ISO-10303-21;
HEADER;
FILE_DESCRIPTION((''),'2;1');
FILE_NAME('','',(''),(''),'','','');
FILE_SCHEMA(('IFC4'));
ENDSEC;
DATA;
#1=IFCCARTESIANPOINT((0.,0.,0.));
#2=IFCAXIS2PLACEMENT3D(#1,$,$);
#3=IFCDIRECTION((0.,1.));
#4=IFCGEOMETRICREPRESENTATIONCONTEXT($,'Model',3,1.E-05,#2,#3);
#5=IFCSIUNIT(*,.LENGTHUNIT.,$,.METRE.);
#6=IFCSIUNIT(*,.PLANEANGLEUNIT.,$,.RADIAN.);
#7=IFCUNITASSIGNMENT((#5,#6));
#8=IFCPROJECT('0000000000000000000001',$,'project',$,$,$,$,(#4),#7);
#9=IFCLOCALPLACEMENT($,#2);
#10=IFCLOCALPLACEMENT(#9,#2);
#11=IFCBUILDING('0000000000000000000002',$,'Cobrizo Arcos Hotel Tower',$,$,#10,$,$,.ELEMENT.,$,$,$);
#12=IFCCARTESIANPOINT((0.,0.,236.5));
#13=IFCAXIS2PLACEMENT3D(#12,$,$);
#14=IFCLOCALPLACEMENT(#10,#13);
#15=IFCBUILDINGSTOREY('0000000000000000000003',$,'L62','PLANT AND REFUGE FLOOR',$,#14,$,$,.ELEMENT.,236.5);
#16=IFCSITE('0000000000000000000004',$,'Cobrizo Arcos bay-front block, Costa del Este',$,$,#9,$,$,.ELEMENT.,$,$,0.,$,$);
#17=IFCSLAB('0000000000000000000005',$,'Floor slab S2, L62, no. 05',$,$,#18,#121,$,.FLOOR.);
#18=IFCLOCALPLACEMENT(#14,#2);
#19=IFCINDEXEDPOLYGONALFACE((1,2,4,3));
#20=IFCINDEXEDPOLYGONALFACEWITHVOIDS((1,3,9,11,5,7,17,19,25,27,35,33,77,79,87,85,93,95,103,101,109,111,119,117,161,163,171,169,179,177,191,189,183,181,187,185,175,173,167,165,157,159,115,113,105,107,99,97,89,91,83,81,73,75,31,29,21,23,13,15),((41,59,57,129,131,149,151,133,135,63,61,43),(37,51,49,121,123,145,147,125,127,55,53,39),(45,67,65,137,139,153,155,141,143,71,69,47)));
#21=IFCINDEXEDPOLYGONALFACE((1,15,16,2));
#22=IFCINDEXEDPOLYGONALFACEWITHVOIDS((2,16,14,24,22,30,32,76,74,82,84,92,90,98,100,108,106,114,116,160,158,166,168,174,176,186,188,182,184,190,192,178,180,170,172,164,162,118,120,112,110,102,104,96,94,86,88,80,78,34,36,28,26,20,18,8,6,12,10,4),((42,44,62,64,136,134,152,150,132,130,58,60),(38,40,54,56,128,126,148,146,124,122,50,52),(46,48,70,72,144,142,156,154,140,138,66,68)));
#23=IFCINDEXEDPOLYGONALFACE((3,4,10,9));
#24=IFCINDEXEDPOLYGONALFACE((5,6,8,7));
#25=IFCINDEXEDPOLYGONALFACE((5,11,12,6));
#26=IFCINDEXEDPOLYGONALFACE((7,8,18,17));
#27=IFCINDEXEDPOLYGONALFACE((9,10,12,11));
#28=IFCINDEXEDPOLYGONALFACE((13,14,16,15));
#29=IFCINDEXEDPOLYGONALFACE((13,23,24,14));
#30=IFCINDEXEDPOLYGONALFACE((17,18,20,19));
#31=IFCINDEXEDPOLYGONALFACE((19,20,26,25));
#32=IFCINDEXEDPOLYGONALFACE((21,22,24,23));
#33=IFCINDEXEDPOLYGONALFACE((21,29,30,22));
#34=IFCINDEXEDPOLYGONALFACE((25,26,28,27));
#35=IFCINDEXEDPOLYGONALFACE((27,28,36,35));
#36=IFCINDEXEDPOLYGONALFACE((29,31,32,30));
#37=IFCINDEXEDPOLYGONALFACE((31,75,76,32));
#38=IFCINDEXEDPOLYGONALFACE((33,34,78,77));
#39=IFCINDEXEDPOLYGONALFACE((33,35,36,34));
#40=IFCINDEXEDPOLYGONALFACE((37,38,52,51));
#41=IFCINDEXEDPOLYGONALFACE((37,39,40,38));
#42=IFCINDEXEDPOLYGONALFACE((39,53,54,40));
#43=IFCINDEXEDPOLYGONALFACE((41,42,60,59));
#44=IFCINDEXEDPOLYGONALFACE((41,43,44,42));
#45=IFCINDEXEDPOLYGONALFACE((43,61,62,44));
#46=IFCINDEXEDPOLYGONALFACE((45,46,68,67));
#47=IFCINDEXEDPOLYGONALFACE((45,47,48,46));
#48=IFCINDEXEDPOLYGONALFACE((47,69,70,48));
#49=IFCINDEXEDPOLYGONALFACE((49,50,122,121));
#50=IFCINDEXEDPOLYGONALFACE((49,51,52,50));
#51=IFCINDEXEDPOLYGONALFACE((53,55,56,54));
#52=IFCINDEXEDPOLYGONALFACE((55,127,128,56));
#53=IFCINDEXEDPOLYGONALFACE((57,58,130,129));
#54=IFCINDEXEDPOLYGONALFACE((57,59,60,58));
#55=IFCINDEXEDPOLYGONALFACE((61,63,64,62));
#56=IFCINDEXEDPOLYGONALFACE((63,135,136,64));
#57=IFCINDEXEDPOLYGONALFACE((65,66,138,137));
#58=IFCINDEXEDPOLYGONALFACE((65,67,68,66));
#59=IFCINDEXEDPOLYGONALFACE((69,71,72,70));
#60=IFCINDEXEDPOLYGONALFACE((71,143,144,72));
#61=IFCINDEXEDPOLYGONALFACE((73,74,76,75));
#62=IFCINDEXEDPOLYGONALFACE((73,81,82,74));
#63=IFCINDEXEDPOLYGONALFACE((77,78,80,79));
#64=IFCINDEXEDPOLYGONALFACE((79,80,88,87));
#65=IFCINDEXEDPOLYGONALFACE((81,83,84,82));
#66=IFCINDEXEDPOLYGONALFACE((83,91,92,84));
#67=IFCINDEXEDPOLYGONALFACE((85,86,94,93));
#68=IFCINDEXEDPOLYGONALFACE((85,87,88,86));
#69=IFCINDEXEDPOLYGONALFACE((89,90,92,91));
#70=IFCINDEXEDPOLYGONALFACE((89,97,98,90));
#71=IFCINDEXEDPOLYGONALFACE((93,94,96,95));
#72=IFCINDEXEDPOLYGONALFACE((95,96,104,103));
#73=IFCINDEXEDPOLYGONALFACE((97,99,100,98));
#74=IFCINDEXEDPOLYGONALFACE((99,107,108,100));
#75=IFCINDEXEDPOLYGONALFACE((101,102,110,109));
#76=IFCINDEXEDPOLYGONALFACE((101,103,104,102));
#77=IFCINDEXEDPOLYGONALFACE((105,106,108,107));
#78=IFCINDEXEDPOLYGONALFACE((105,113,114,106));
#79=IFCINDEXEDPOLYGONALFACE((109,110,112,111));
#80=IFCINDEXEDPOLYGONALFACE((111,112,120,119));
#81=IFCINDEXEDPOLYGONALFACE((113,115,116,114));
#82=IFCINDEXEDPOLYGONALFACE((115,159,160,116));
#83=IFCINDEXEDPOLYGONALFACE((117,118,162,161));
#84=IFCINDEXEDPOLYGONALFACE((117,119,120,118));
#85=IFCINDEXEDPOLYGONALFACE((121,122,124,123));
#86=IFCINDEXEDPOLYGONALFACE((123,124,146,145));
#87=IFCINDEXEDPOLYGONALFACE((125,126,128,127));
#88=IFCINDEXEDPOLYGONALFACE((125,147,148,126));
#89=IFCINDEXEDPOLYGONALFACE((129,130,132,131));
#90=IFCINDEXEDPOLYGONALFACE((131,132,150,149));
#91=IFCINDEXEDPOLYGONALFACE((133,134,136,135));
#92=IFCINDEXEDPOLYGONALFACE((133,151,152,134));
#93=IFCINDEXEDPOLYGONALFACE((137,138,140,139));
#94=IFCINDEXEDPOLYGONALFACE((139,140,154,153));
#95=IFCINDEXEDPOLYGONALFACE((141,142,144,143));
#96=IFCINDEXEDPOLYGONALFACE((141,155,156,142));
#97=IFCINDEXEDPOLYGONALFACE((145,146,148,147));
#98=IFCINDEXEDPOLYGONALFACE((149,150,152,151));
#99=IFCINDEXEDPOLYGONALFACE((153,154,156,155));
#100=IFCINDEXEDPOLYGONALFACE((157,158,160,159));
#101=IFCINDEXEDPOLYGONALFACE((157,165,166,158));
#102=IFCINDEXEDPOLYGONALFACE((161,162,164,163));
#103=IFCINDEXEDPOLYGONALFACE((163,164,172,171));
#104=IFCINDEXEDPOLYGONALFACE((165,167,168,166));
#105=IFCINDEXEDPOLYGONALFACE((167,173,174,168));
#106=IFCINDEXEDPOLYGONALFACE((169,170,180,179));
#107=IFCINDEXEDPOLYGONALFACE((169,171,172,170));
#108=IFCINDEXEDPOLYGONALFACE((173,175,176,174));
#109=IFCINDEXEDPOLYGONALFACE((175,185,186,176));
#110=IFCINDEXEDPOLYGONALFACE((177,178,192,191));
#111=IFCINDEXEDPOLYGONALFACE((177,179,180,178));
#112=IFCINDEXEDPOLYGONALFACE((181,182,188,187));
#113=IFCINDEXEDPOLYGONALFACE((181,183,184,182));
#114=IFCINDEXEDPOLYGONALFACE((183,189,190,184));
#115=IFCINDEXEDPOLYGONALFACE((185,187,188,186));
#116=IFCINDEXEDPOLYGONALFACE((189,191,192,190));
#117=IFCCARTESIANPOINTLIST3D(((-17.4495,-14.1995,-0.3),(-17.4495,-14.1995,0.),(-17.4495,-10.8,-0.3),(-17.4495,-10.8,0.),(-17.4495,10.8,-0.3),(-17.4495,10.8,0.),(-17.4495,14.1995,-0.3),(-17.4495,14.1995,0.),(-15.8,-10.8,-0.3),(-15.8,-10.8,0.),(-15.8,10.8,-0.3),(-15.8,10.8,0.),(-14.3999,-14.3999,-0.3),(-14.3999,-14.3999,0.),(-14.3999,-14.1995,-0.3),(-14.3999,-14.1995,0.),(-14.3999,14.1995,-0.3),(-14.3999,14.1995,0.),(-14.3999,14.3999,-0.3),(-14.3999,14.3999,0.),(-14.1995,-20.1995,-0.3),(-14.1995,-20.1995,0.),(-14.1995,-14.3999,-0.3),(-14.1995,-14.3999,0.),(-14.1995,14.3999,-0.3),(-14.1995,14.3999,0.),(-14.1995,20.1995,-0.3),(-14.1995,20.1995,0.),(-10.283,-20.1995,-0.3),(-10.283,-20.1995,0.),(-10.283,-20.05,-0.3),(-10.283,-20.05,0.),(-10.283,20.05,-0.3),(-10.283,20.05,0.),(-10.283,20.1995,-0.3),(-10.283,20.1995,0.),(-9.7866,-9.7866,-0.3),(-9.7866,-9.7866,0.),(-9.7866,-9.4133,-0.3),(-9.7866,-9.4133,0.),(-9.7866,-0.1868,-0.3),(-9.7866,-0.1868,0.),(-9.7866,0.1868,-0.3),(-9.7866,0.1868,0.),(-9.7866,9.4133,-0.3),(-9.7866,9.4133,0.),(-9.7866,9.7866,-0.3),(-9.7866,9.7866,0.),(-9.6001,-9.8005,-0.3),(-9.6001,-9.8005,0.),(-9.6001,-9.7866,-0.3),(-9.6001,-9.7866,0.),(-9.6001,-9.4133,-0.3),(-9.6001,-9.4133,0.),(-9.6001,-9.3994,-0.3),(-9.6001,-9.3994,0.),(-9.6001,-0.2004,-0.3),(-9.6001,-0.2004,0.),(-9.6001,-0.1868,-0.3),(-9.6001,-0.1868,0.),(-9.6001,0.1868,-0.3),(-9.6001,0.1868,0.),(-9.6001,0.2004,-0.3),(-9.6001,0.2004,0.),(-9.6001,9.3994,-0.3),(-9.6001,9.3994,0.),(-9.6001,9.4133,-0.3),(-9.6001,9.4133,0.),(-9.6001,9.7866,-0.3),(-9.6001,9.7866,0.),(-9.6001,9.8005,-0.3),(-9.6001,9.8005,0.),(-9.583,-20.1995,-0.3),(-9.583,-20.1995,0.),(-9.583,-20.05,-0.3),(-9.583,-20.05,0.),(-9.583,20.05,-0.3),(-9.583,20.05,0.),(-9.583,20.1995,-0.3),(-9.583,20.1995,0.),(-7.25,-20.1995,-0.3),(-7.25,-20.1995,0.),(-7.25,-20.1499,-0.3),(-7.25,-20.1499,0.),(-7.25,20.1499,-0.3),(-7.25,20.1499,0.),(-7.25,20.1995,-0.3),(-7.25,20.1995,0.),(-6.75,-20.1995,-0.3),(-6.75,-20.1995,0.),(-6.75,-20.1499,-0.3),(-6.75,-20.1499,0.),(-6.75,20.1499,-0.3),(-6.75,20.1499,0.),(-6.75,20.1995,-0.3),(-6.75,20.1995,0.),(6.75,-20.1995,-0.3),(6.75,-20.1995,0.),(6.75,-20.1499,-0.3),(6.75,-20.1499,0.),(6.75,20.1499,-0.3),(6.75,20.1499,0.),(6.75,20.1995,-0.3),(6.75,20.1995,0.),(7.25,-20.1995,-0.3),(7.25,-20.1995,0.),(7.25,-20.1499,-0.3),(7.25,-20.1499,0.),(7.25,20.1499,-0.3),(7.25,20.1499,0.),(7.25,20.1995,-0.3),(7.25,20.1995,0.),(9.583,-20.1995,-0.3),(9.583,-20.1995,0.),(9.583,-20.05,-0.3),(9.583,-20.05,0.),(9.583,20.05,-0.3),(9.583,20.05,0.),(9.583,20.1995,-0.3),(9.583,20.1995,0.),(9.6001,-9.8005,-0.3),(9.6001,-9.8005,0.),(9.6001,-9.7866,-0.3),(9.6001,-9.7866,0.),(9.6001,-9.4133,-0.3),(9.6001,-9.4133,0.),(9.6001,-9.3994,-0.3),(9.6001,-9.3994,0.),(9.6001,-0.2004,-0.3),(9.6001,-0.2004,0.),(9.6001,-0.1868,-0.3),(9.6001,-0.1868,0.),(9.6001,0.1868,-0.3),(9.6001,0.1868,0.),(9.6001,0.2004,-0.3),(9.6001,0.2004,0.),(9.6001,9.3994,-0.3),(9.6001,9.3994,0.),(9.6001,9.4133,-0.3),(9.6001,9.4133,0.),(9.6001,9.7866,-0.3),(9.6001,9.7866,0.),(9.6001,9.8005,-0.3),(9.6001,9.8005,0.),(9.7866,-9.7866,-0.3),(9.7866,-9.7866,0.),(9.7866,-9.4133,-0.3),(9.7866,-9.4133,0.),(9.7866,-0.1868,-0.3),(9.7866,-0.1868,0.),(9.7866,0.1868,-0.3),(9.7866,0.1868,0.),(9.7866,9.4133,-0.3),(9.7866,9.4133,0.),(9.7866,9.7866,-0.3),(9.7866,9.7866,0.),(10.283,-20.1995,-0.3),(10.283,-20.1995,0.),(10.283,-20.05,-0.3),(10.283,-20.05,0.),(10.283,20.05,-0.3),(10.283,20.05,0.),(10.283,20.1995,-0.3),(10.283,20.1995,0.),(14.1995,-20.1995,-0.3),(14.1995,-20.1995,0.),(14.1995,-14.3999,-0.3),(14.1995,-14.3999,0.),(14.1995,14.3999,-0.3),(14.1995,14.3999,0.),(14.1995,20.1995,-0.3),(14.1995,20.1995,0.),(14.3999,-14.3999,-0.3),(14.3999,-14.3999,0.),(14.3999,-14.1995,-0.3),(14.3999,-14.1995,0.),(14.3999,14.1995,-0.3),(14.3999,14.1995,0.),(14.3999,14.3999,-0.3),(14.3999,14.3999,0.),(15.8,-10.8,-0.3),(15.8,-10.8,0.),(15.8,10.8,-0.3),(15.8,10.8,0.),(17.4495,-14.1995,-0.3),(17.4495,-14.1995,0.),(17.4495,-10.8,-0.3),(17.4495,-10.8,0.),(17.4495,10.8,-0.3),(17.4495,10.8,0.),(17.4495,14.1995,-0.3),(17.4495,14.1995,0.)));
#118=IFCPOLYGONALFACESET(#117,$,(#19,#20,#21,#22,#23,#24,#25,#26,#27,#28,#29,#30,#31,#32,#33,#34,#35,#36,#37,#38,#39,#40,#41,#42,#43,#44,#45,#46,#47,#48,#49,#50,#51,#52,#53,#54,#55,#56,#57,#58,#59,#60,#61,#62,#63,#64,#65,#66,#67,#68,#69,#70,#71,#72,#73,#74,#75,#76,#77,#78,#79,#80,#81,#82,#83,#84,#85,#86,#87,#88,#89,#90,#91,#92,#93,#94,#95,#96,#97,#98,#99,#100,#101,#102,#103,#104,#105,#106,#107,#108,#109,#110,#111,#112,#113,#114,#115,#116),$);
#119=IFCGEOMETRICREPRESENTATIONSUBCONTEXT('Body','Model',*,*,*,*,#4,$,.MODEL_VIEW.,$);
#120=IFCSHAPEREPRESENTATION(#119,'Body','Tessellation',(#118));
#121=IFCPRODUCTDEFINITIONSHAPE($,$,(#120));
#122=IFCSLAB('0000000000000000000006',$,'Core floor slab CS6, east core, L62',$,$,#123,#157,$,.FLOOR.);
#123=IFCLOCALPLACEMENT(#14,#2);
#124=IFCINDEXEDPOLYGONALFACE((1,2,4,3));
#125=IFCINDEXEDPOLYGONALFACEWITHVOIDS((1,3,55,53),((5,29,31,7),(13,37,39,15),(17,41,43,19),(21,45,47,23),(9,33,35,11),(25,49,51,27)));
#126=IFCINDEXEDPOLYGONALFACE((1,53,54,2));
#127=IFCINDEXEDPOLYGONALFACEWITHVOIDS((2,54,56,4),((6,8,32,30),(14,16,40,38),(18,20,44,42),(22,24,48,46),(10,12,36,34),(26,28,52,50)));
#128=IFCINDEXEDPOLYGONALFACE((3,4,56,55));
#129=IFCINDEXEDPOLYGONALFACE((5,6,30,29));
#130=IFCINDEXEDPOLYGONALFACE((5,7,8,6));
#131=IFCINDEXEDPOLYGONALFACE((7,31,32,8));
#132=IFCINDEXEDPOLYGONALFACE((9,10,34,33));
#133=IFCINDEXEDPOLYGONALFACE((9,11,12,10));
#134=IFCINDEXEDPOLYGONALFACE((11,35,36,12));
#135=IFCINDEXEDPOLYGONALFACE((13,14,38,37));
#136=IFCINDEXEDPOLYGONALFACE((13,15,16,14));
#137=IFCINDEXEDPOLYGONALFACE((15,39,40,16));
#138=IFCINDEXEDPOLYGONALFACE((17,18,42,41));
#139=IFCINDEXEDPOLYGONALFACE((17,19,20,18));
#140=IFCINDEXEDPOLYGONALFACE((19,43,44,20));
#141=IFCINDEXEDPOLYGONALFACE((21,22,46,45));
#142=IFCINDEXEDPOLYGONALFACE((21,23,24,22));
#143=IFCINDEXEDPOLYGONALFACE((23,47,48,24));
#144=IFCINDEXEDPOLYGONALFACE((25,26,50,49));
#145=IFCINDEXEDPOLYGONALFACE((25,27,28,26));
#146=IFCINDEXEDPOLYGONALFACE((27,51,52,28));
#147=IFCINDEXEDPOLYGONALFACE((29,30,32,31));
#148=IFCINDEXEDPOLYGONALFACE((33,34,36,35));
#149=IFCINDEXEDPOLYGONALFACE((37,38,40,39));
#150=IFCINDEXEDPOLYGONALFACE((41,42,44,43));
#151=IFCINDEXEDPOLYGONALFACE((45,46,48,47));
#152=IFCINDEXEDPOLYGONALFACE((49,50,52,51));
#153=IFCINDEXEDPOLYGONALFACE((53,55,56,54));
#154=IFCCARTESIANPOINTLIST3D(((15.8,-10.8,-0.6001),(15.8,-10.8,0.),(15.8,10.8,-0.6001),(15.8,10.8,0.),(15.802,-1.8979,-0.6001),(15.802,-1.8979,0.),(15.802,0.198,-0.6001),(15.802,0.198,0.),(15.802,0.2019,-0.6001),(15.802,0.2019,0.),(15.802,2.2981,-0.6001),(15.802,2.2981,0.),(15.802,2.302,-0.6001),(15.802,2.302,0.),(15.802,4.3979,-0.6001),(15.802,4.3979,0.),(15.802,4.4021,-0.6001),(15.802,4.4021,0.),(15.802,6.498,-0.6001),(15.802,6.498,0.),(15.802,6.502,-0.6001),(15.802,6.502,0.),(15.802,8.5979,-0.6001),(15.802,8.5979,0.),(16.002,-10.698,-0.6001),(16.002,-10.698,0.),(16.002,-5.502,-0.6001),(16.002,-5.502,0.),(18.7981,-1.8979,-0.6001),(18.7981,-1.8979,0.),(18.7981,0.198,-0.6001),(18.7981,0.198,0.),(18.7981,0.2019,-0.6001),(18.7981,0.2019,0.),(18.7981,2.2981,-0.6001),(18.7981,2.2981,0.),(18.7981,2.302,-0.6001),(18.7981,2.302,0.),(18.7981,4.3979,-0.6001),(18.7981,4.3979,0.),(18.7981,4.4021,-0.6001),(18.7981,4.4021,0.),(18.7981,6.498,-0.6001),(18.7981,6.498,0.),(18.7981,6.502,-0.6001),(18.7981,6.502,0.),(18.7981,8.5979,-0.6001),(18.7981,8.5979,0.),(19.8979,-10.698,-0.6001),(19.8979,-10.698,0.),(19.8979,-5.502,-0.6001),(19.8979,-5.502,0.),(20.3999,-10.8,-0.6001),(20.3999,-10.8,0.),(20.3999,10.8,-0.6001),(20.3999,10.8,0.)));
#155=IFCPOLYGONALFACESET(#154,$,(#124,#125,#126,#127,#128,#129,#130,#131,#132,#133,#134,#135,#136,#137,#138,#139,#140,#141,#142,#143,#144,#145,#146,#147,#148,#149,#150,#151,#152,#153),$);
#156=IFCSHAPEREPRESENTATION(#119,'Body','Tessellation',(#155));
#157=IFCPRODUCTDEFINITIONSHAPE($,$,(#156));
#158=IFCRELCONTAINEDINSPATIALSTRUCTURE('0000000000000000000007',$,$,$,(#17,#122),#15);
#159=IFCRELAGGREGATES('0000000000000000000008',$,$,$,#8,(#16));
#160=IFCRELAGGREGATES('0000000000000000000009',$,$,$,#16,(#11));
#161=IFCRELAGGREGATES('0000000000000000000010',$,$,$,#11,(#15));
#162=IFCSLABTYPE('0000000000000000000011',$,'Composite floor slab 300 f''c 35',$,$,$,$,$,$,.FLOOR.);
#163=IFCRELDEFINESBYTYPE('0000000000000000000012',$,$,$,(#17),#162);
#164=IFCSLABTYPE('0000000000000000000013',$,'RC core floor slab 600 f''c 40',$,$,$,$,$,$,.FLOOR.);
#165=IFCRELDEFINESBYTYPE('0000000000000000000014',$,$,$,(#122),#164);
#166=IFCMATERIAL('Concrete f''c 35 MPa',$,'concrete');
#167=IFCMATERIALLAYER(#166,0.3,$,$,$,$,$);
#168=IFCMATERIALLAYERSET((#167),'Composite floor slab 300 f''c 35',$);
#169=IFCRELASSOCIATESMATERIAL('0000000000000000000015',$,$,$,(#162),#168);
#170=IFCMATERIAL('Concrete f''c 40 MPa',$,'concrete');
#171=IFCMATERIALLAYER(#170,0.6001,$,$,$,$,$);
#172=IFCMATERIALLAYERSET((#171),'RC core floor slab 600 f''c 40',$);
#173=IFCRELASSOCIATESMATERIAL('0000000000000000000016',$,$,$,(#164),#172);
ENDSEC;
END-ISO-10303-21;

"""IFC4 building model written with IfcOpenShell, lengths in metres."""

from ifc_helpers import new_model, si_unit, direction, frame, origin, place, context, subcontext, project, spatial, polyline, outline, extrude, material, layer, layer_set, type_object, element, save


model = new_model("IFC4")

# Units and contexts
model_context = context("Model", 3, precision=1e-05, world=origin(), true_north=direction((0.0, 1.0)))
body_context = subcontext(model_context, "Body", "Model", "MODEL_VIEW")
ifc_project = project(units=[si_unit("LENGTHUNIT", "METRE"), si_unit("PLANEANGLEUNIT", "RADIAN")], contexts=[model_context])

# Site, building, storey
site_placement = place(None, origin())
site = spatial("IfcSite", under=ifc_project, at=site_placement, Name="Cobrizo Arcos bay-front block, Costa del Este", CompositionType="ELEMENT", RefElevation=0.0)
building_placement = place(site_placement, origin())
building = spatial("IfcBuilding", under=site, at=building_placement, Name="Cobrizo Arcos Hotel Tower", CompositionType="ELEMENT")
storey_placement = place(building_placement, frame((0.0, 0.0, 236.5)))
storey = spatial("IfcBuildingStorey", under=building, at=storey_placement, Name="L62", Description="PLANT AND REFUGE FLOOR", CompositionType="ELEMENT", Elevation=236.5)

# Slabs
ifc_material_1 = material(Name="Concrete f'c 35 MPa", Category="concrete")
ifc_layer_1 = layer(ifc_material_1, 0.3)
ifc_layer_set_1 = layer_set([ifc_layer_1], Name="Composite floor slab 300 f'c 35")
slab_type_1 = type_object("IfcSlabType", Name="Composite floor slab 300 f'c 35", PredefinedType="FLOOR", material=ifc_layer_set_1)
slab_1_placement = place(storey_placement, frame((0.0, 0.0, -0.3)))
element("IfcSlab", 1, at=slab_1_placement, inside=storey, type_object=slab_type_1, Name="Floor slab S2, L62, no. 05", PredefinedType="FLOOR", context=body_context, shape_type="SweptSolid", body=[
    extrude(outline(polyline([(-14.3999, 14.3999), (-14.1995, 14.3999), (-14.1995, 20.1995), (-10.283, 20.1995), (-10.283, 20.05), (-9.583, 20.05), (-9.583, 20.1995), (-7.25, 20.1995), (-7.25, 20.1499), (-6.75, 20.1499), (-6.75, 20.1995), (6.75, 20.1995), (6.75, 20.1499), (7.25, 20.1499), (7.25, 20.1995), (9.583, 20.1995), (9.583, 20.05), (10.283, 20.05), (10.283, 20.1995), (14.1995, 20.1995), (14.1995, 14.3999), (14.3999, 14.3999), (14.3999, 14.1995), (17.4495, 14.1995), (17.4495, 10.8), (15.8, 10.8), (15.8, -10.8), (17.4495, -10.8), (17.4495, -14.1995), (14.3999, -14.1995), (14.3999, -14.3999), (14.1995, -14.3999), (14.1995, -20.1995), (10.283, -20.1995), (10.283, -20.05), (9.583, -20.05), (9.583, -20.1995), (7.25, -20.1995), (7.25, -20.1499), (6.75, -20.1499), (6.75, -20.1995), (-6.75, -20.1995), (-6.75, -20.1499), (-7.25, -20.1499), (-7.25, -20.1995), (-9.583, -20.1995), (-9.583, -20.05), (-10.283, -20.05), (-10.283, -20.1995), (-14.1995, -20.1995), (-14.1995, -14.3999), (-14.3999, -14.3999), (-14.3999, -14.1995), (-17.4495, -14.1995), (-17.4495, -10.8), (-15.8, -10.8), (-15.8, 10.8), (-17.4495, 10.8), (-17.4495, 14.1995), (-14.3999, 14.1995), (-14.3999, 14.3999)]), holes=[polyline([(9.6001, -9.3994), (-9.6001, -9.3994), (-9.6001, -9.4133), (-9.7866, -9.4133), (-9.7866, -9.7866), (-9.6001, -9.7866), (-9.6001, -9.8005), (9.6001, -9.8005), (9.6001, -9.7866), (9.7866, -9.7866), (9.7866, -9.4133), (9.6001, -9.4133), (9.6001, -9.3994)]), polyline([(9.6001, -0.2004), (9.6001, -0.1868), (9.7866, -0.1868), (9.7866, 0.1868), (9.6001, 0.1868), (9.6001, 0.2004), (-9.6001, 0.2004), (-9.6001, 0.1868), (-9.7866, 0.1868), (-9.7866, -0.1868), (-9.6001, -0.1868), (-9.6001, -0.2004), (9.6001, -0.2004)]), polyline([(9.6001, 9.3994), (9.6001, 9.4133), (9.7866, 9.4133), (9.7866, 9.7866), (9.6001, 9.7866), (9.6001, 9.8005), (-9.6001, 9.8005), (-9.6001, 9.7866), (-9.7866, 9.7866), (-9.7866, 9.4133), (-9.6001, 9.4133), (-9.6001, 9.3994), (9.6001, 9.3994)])]), origin(), (0.0, 0.0, 1.0), 0.3),
])
ifc_material_2 = material(Name="Concrete f'c 40 MPa", Category="concrete")
ifc_layer_2 = layer(ifc_material_2, 0.6001)
ifc_layer_set_2 = layer_set([ifc_layer_2], Name="RC core floor slab 600 f'c 40")
slab_type_2 = type_object("IfcSlabType", Name="RC core floor slab 600 f'c 40", PredefinedType="FLOOR", material=ifc_layer_set_2)
slab_2_placement = place(storey_placement, frame((0.0, 0.0, -0.6001)))
element("IfcSlab", 2, at=slab_2_placement, inside=storey, type_object=slab_type_2, Name="Core floor slab CS6, east core, L62", PredefinedType="FLOOR", context=body_context, shape_type="SweptSolid", body=[
    extrude(outline(polyline([(15.8, 10.8), (20.3999, 10.8), (20.3999, -10.8), (15.8, -10.8), (15.8, 10.8)]), holes=[polyline([(19.8979, -10.698), (19.8979, -5.502), (16.002, -5.502), (16.002, -10.698), (19.8979, -10.698)]), polyline([(15.802, 0.198), (15.802, -1.8979), (18.7981, -1.8979), (18.7981, 0.198), (15.802, 0.198)]), polyline([(15.802, 2.2981), (15.802, 0.2019), (18.7981, 0.2019), (18.7981, 2.2981), (15.802, 2.2981)]), polyline([(15.802, 4.3979), (15.802, 2.302), (18.7981, 2.302), (18.7981, 4.3979), (15.802, 4.3979)]), polyline([(18.7981, 6.498), (15.802, 6.498), (15.802, 4.4021), (18.7981, 4.4021), (18.7981, 6.498)]), polyline([(18.7981, 8.5979), (15.802, 8.5979), (15.802, 6.502), (18.7981, 6.502), (18.7981, 8.5979)])]), origin(), (0.0, 0.0, 1.0), 0.6001),
])

save(model, "model.ifc")
